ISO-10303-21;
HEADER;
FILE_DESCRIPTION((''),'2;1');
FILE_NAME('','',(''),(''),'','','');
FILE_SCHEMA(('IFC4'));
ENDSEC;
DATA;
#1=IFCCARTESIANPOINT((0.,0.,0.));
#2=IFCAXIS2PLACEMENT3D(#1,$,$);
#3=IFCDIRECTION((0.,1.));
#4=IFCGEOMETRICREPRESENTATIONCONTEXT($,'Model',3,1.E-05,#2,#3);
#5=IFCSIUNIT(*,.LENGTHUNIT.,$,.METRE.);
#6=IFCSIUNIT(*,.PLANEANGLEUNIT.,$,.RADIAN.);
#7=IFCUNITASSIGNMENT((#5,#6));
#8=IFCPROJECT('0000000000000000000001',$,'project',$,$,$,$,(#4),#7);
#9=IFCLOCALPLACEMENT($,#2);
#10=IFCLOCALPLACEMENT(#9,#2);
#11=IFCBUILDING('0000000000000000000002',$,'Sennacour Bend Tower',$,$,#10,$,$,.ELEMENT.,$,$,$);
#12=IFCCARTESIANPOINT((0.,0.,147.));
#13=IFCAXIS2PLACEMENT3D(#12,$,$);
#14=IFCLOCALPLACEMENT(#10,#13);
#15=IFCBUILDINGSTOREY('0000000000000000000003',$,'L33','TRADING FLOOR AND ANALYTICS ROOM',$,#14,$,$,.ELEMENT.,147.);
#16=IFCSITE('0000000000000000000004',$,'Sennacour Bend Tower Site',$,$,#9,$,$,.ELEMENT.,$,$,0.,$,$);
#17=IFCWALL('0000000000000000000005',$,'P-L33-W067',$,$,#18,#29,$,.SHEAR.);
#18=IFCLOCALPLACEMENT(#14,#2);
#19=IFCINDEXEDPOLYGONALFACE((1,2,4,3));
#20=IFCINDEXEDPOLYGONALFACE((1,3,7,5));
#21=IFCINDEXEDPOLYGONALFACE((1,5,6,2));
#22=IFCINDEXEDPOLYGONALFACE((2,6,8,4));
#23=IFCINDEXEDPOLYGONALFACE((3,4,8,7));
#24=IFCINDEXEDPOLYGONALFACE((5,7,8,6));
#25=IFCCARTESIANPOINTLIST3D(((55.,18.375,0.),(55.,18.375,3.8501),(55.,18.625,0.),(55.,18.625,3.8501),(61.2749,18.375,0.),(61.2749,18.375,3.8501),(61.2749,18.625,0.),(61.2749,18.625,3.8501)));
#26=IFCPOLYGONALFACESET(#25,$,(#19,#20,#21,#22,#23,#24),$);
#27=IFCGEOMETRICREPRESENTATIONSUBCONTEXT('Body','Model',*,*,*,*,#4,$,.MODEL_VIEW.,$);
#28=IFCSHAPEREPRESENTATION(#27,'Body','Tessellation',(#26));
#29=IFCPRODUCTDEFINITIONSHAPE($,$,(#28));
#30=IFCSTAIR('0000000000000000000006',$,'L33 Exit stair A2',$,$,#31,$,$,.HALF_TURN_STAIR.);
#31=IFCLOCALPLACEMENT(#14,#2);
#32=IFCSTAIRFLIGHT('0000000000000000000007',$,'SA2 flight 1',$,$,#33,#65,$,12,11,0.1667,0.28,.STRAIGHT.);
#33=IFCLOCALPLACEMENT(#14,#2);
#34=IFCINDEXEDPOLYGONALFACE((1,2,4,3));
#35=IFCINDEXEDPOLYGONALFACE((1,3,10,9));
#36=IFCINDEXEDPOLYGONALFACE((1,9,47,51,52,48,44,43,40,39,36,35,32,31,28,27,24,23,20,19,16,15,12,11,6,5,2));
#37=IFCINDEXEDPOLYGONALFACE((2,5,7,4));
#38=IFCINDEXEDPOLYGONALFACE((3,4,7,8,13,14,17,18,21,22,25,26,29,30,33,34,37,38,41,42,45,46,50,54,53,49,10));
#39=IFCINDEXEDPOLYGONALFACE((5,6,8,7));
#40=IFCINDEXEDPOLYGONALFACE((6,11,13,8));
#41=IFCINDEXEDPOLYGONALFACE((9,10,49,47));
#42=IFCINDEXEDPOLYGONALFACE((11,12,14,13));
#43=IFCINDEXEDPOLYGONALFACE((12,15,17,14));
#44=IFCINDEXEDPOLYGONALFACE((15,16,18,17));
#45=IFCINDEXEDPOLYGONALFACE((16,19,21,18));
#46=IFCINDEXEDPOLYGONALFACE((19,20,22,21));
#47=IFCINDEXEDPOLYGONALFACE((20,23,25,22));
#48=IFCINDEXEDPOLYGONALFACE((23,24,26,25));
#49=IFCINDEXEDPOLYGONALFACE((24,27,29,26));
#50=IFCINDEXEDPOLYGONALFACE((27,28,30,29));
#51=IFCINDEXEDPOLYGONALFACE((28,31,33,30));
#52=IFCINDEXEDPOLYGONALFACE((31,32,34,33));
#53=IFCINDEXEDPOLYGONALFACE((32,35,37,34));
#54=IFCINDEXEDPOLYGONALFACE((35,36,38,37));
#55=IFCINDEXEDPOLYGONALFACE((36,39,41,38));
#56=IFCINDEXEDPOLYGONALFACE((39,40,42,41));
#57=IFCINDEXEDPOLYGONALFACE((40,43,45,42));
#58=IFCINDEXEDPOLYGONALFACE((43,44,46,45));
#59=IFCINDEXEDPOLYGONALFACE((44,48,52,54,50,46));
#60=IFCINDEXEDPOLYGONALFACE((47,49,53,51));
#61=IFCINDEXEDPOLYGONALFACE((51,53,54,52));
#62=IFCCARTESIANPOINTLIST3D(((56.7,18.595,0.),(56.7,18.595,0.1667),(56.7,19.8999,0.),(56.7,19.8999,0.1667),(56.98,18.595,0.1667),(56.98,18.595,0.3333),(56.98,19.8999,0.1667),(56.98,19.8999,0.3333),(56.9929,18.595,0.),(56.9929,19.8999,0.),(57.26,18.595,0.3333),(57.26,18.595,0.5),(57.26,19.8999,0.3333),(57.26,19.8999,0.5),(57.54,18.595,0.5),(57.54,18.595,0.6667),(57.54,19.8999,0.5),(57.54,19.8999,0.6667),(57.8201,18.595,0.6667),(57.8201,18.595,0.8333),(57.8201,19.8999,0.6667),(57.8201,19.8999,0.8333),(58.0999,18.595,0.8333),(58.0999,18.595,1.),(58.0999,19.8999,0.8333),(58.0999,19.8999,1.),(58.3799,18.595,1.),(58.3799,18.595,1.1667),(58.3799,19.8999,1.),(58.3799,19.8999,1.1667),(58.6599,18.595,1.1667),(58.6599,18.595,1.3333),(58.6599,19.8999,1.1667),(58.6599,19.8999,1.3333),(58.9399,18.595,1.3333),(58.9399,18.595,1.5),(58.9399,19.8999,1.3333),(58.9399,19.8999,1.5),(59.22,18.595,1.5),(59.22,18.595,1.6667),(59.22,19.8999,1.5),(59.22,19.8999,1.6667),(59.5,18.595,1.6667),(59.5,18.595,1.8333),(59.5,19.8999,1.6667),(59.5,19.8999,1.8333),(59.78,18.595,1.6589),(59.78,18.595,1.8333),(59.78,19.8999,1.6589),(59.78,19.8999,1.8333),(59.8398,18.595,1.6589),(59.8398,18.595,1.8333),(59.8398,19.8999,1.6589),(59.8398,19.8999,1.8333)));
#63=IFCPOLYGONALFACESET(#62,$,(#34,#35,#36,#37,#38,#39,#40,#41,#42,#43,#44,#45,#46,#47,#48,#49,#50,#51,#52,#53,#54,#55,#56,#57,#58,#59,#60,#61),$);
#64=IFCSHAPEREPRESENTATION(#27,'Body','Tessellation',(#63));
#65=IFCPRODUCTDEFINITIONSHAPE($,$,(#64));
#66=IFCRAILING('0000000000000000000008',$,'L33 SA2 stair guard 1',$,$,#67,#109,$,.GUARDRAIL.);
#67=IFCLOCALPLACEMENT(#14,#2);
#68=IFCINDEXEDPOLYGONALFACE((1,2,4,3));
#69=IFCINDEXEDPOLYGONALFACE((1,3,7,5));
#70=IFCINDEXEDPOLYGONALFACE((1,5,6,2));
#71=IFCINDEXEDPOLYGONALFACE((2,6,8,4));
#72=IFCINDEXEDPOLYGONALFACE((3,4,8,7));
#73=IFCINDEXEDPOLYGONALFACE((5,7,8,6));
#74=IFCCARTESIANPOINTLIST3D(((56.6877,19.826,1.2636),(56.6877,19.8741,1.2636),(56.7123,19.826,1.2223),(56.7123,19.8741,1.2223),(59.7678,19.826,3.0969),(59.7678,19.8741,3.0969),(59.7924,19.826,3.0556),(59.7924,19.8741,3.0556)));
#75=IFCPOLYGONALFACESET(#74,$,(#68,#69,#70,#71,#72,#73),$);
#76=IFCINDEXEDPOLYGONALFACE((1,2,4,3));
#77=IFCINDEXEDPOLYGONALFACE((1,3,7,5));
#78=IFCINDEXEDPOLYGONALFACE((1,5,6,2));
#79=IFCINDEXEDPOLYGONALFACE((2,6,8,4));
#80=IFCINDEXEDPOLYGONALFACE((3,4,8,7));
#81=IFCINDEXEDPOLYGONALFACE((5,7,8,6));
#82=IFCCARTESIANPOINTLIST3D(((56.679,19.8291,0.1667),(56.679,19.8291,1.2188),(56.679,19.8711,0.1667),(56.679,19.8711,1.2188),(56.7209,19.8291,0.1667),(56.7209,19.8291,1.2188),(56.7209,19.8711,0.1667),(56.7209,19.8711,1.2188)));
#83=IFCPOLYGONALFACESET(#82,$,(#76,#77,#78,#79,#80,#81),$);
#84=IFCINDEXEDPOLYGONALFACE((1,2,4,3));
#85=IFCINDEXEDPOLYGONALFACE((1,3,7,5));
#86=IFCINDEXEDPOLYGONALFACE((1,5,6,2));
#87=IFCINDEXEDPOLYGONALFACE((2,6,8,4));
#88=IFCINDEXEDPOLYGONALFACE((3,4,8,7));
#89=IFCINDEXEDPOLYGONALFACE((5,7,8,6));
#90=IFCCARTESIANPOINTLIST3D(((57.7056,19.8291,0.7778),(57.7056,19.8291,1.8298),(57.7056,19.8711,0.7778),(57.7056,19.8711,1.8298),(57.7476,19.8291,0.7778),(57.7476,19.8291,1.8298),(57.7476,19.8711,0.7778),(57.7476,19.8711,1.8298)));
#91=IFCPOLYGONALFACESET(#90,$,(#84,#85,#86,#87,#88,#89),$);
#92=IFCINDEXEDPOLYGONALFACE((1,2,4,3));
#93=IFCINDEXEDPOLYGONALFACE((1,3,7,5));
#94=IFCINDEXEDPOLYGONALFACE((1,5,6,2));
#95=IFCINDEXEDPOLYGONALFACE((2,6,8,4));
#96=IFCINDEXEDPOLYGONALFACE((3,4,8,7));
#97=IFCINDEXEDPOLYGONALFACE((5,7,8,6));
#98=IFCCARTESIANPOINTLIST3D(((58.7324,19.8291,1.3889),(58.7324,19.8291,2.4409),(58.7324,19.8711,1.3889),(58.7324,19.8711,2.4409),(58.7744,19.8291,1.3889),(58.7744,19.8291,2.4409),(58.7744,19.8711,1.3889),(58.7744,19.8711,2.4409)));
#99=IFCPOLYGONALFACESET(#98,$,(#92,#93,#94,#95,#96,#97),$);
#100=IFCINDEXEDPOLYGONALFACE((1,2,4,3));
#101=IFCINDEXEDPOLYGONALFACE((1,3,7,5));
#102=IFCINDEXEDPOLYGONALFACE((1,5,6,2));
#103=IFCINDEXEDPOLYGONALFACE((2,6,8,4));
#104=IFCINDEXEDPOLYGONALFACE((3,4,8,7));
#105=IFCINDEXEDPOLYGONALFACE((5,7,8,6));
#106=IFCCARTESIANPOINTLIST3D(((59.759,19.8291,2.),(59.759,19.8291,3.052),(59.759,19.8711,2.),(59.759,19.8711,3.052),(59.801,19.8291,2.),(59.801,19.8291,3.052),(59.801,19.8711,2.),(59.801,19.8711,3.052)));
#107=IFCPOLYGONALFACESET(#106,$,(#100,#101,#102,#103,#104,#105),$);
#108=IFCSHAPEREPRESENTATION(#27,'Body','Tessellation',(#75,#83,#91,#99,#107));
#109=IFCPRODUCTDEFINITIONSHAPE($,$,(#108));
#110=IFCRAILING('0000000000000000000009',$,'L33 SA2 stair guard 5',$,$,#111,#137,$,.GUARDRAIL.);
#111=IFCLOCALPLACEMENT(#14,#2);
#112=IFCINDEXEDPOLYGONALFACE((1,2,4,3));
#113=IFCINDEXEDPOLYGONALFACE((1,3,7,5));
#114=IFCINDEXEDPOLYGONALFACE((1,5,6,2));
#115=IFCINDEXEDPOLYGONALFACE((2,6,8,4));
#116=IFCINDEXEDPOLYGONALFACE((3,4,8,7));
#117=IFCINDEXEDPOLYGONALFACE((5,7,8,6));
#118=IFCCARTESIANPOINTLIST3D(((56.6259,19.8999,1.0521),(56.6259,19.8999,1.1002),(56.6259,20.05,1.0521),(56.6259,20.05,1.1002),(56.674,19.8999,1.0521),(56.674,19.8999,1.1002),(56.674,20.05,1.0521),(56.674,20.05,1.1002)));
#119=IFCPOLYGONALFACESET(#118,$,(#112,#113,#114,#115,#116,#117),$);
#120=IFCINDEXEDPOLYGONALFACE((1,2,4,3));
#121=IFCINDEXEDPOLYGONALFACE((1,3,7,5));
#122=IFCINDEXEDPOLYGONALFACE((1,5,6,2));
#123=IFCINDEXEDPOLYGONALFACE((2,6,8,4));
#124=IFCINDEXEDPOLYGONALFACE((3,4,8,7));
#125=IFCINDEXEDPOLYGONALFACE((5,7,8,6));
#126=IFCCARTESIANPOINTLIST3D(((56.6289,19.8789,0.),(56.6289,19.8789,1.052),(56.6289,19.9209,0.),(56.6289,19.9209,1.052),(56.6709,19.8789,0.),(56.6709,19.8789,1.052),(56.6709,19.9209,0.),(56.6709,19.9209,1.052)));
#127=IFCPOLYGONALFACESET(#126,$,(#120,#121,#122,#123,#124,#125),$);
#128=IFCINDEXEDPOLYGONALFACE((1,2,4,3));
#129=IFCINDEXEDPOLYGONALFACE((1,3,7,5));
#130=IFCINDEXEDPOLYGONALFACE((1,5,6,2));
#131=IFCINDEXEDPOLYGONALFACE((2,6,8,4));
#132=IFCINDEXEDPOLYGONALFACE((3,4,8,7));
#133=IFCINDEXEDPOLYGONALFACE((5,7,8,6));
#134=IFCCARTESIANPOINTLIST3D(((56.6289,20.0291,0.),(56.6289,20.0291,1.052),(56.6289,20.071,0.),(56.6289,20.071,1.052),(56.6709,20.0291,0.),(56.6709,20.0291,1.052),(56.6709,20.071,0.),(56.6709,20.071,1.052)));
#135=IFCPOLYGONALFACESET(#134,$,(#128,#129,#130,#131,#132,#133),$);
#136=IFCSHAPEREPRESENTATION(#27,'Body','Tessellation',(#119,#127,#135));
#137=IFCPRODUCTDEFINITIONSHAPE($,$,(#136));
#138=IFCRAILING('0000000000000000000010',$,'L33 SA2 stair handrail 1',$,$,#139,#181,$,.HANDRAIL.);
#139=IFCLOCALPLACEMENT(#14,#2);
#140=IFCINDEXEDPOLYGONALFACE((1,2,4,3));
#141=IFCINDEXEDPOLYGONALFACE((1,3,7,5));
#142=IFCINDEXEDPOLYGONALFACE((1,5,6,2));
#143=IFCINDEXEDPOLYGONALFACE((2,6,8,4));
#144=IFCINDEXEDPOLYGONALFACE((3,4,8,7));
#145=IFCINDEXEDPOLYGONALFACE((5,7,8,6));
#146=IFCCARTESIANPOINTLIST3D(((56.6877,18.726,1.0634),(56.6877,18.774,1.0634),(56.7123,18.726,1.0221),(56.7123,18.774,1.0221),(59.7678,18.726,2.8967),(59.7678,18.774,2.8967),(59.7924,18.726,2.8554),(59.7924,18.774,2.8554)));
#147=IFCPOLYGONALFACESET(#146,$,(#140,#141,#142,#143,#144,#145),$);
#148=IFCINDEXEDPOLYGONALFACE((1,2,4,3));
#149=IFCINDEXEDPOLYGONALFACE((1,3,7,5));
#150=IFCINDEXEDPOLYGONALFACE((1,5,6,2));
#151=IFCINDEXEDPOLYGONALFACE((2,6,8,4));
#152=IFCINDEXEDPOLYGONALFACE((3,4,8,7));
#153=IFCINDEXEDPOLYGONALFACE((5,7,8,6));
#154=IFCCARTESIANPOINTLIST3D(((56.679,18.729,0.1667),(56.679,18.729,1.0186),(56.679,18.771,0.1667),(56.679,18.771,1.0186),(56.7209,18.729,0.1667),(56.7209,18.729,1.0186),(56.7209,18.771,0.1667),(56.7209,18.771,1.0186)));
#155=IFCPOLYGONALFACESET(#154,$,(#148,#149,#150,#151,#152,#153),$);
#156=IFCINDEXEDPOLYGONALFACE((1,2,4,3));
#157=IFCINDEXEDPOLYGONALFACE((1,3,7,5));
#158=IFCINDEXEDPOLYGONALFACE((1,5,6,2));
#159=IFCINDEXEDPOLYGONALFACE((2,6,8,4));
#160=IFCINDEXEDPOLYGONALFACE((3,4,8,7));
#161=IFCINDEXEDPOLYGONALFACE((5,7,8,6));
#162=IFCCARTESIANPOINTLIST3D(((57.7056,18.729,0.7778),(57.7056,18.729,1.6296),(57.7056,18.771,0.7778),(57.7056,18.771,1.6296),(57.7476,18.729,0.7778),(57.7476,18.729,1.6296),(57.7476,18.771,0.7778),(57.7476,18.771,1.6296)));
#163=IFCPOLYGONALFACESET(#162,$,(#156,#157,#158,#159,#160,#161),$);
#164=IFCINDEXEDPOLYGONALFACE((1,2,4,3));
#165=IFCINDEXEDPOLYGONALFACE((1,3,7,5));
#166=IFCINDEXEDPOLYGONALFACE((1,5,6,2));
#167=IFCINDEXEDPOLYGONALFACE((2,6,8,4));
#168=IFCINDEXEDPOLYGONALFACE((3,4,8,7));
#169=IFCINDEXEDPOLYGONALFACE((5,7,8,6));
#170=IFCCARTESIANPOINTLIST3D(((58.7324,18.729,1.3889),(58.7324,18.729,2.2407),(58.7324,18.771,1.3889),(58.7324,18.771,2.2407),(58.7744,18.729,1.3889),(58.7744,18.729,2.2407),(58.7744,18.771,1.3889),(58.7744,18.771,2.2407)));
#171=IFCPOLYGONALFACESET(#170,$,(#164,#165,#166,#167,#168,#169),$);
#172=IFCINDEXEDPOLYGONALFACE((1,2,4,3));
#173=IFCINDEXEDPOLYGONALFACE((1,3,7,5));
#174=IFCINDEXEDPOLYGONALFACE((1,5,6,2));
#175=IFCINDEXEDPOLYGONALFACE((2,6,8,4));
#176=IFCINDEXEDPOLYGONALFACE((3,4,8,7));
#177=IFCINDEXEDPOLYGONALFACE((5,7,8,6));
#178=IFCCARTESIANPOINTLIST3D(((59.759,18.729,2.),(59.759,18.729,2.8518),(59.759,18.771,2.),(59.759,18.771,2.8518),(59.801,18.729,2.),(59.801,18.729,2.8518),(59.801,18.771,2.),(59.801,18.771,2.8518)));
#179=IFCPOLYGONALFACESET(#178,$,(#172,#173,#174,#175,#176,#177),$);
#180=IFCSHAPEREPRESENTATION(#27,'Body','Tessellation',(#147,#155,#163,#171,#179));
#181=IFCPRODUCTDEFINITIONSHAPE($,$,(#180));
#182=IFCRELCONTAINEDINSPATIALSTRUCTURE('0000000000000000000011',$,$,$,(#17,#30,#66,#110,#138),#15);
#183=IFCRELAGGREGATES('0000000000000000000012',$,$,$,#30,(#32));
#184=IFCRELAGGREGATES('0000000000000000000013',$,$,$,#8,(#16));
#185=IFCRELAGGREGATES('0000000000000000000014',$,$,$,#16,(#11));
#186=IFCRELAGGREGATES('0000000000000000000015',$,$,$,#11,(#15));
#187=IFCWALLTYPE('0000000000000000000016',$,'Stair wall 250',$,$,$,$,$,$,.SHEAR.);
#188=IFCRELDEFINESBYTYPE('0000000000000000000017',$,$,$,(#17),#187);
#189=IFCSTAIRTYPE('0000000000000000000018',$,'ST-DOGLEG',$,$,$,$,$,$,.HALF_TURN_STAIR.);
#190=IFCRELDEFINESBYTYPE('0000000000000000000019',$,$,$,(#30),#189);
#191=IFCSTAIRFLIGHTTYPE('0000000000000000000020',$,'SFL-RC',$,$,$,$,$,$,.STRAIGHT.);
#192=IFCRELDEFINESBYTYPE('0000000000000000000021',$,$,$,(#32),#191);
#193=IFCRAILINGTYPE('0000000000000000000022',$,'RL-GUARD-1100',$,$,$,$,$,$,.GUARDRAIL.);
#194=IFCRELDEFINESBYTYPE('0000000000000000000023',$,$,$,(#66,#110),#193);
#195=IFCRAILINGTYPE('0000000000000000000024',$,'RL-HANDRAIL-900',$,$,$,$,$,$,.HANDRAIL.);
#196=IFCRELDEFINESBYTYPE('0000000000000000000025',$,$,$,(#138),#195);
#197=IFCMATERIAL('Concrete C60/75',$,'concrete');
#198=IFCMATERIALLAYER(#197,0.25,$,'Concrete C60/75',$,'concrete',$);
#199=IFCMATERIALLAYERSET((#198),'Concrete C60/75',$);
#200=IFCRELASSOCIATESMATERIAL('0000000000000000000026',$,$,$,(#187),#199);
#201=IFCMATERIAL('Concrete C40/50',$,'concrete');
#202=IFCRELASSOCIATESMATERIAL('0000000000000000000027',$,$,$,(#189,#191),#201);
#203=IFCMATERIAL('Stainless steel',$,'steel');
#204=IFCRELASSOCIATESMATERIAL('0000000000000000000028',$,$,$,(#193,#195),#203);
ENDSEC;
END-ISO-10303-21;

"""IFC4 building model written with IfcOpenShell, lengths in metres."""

from ifc_helpers import new_model, si_unit, direction, frame, frame_2d, origin, origin_2d, place, context, subcontext, project, spatial, polyline, rectangle, outline, extrude, material, layer, layer_set, type_object, element, aggregate, save


model = new_model("IFC4")

# Units and contexts
model_context = context("Model", 3, precision=1e-05, world=origin(), true_north=direction((0.0, 1.0)))
body_context = subcontext(model_context, "Body", "Model", "MODEL_VIEW")
ifc_project = project(units=[si_unit("LENGTHUNIT", "METRE"), si_unit("PLANEANGLEUNIT", "RADIAN")], contexts=[model_context])

# Site, building, storey
site_placement = place(None, origin())
site = spatial("IfcSite", under=ifc_project, at=site_placement, Name="Sennacour Bend Tower Site", CompositionType="ELEMENT", RefElevation=0.0)
building_placement = place(site_placement, origin())
building = spatial("IfcBuilding", under=site, at=building_placement, Name="Sennacour Bend Tower", CompositionType="ELEMENT")
storey_placement = place(building_placement, frame((0.0, 0.0, 147.0)))
storey = spatial("IfcBuildingStorey", under=building, at=storey_placement, Name="L33", Description="TRADING FLOOR AND ANALYTICS ROOM", CompositionType="ELEMENT", Elevation=147.0)

# Shared definitions
ifc_material_1 = material(Name="Concrete C60/75", Category="concrete")

# Shared definitions
ifc_material_2 = material(Name="Stainless steel", Category="steel")

# Wall
ifc_layer_1 = layer(ifc_material_1, 0.25, Name="Concrete C60/75", Category="concrete")
ifc_layer_set_1 = layer_set([ifc_layer_1], Name="Concrete C60/75")
wall_type_1 = type_object("IfcWallType", Name="Stair wall 250", PredefinedType="SHEAR", material=ifc_layer_set_1)
wall_1_placement = place(storey_placement, frame((55.0, 18.5, 0.0), z_axis=(0.0, 0.0, 1.0), x_axis=(1.0, 0.0, 0.0)))
element("IfcWall", 1, at=wall_1_placement, inside=storey, type_object=wall_type_1, Name="P-L33-W067", PredefinedType="SHEAR", context=body_context, shape_type="SweptSolid", body=[
    extrude(rectangle(XDim=6.2749, YDim=0.25, at=frame_2d((3.1375, 0.0))), origin(), (0.0, 0.0, 1.0), 3.8501),
])

# Stair, stair flight
ifc_material_3 = material(Name="Concrete C40/50", Category="concrete")
stair_type = type_object("IfcStairType", Name="ST-DOGLEG", PredefinedType="HALF_TURN_STAIR", material=ifc_material_3)
stair_placement = place(storey_placement, origin())
stair = element("IfcStair", 2, at=stair_placement, inside=storey, type_object=stair_type, Name="L33 Exit stair A2", PredefinedType="HALF_TURN_STAIR")
stair_flight_type = type_object("IfcStairFlightType", Name="SFL-RC", PredefinedType="STRAIGHT", material=ifc_material_3)
stair_flight_placement = place(storey_placement, frame((56.7, 19.2476, 0.0), z_axis=(0.0, 0.0, 1.0), x_axis=(1.0, 0.0, 0.0)))
stair_flight = element("IfcStairFlight", 3, at=stair_flight_placement, type_object=stair_flight_type, Name="SA2 flight 1", NumberOfRisers=12, NumberOfTreads=11, PredefinedType="STRAIGHT", RiserHeight=0.1667, TreadLength=0.28, context=body_context, shape_type="SweptSolid", body=[
    extrude(outline(polyline([(0.0, 0.0), (0.0, 0.1667), (0.28, 0.1667), (0.28, 0.3333), (0.5601, 0.3333), (0.5601, 0.5), (0.8401, 0.5), (0.8401, 0.6667), (1.1201, 0.6667), (1.1201, 0.8333), (1.3999, 0.8333), (1.3999, 1.0), (1.6799, 1.0), (1.6799, 1.1667), (1.96, 1.1667), (1.96, 1.3333), (2.24, 1.3333), (2.24, 1.5), (2.52, 1.5), (2.52, 1.6667), (2.8, 1.6667), (2.8, 1.8333), (3.0801, 1.8333), (3.1399, 1.8333), (3.1399, 1.6589), (3.0801, 1.6589), (0.293, 0.0), (0.0, 0.0)])), frame((0.0, 0.6523, 0.0), z_axis=(0.0, -1.0, 0.0), x_axis=(1.0, 0.0, 0.0)), (0.0, 0.0, 1.0), 1.3049),
])
aggregate(stair, [stair_flight])

# Railings
railing_type_1 = type_object("IfcRailingType", Name="RL-GUARD-1100", PredefinedType="GUARDRAIL", material=ifc_material_2)
railing_1_placement = place(storey_placement, frame((56.7, 19.8501, 0.1667)))
element("IfcRailing", 4, at=railing_1_placement, inside=storey, type_object=railing_type_1, Name="L33 SA2 stair guard 1", PredefinedType="GUARDRAIL", context=body_context, shape_type="SweptSolid", body=[
    extrude(rectangle(XDim=0.0481, YDim=0.0481, at=origin_2d()), frame((0.0, 0.0, 1.0762), z_axis=(0.859309, 0.0, 0.511458), x_axis=(0.0, 1.0, 0.0)), (0.0, 0.0, 1.0), 3.5845),
    extrude(rectangle(XDim=0.042, YDim=0.042, at=origin_2d()), origin(), (0.0, 0.0, 1.0), 1.052),
    extrude(rectangle(XDim=0.042, YDim=0.042, at=origin_2d()), frame((1.0266, 0.0, 0.6111)), (0.0, 0.0, 1.0), 1.052),
    extrude(rectangle(XDim=0.042, YDim=0.042, at=origin_2d()), frame((2.0535, 0.0, 1.2222)), (0.0, 0.0, 1.0), 1.052),
    extrude(rectangle(XDim=0.042, YDim=0.042, at=origin_2d()), frame((3.0801, 0.0, 1.8333)), (0.0, 0.0, 1.0), 1.052),
])
railing_2_placement = place(storey_placement, frame((56.6499, 19.8999, 0.0)))
element("IfcRailing", 5, at=railing_2_placement, inside=storey, type_object=railing_type_1, Name="L33 SA2 stair guard 5", PredefinedType="GUARDRAIL", context=body_context, shape_type="SweptSolid", body=[
    extrude(rectangle(XDim=0.0481, YDim=0.0481, at=origin_2d()), frame((0.0, 0.0, 1.0762), z_axis=(0.0, 1.0, 0.0), x_axis=(-1.0, 0.0, 0.0)), (0.0, 0.0, 1.0), 0.1501),
    extrude(rectangle(XDim=0.042, YDim=0.042, at=origin_2d()), origin(), (0.0, 0.0, 1.0), 1.052),
    extrude(rectangle(XDim=0.042, YDim=0.042, at=origin_2d()), frame((0.0, 0.1501, 0.0)), (0.0, 0.0, 1.0), 1.052),
])
railing_type_2 = type_object("IfcRailingType", Name="RL-HANDRAIL-900", PredefinedType="HANDRAIL", material=ifc_material_2)
railing_3_placement = place(storey_placement, frame((56.7, 18.75, 0.1667)))
element("IfcRailing", 6, at=railing_3_placement, inside=storey, type_object=railing_type_2, Name="L33 SA2 stair handrail 1", PredefinedType="HANDRAIL", context=body_context, shape_type="SweptSolid", body=[
    extrude(rectangle(XDim=0.0481, YDim=0.0481, at=origin_2d()), frame((0.0, 0.0, 0.876), z_axis=(0.859309, 0.0, 0.511458), x_axis=(0.0, 1.0, 0.0)), (0.0, 0.0, 1.0), 3.5845),
    extrude(rectangle(XDim=0.042, YDim=0.042, at=origin_2d()), origin(), (0.0, 0.0, 1.0), 0.8518),
    extrude(rectangle(XDim=0.042, YDim=0.042, at=origin_2d()), frame((1.0266, 0.0, 0.6111)), (0.0, 0.0, 1.0), 0.8518),
    extrude(rectangle(XDim=0.042, YDim=0.042, at=origin_2d()), frame((2.0535, 0.0, 1.2222)), (0.0, 0.0, 1.0), 0.8518),
    extrude(rectangle(XDim=0.042, YDim=0.042, at=origin_2d()), frame((3.0801, 0.0, 1.8333)), (0.0, 0.0, 1.0), 0.8518),
])

save(model, "model.ifc")
